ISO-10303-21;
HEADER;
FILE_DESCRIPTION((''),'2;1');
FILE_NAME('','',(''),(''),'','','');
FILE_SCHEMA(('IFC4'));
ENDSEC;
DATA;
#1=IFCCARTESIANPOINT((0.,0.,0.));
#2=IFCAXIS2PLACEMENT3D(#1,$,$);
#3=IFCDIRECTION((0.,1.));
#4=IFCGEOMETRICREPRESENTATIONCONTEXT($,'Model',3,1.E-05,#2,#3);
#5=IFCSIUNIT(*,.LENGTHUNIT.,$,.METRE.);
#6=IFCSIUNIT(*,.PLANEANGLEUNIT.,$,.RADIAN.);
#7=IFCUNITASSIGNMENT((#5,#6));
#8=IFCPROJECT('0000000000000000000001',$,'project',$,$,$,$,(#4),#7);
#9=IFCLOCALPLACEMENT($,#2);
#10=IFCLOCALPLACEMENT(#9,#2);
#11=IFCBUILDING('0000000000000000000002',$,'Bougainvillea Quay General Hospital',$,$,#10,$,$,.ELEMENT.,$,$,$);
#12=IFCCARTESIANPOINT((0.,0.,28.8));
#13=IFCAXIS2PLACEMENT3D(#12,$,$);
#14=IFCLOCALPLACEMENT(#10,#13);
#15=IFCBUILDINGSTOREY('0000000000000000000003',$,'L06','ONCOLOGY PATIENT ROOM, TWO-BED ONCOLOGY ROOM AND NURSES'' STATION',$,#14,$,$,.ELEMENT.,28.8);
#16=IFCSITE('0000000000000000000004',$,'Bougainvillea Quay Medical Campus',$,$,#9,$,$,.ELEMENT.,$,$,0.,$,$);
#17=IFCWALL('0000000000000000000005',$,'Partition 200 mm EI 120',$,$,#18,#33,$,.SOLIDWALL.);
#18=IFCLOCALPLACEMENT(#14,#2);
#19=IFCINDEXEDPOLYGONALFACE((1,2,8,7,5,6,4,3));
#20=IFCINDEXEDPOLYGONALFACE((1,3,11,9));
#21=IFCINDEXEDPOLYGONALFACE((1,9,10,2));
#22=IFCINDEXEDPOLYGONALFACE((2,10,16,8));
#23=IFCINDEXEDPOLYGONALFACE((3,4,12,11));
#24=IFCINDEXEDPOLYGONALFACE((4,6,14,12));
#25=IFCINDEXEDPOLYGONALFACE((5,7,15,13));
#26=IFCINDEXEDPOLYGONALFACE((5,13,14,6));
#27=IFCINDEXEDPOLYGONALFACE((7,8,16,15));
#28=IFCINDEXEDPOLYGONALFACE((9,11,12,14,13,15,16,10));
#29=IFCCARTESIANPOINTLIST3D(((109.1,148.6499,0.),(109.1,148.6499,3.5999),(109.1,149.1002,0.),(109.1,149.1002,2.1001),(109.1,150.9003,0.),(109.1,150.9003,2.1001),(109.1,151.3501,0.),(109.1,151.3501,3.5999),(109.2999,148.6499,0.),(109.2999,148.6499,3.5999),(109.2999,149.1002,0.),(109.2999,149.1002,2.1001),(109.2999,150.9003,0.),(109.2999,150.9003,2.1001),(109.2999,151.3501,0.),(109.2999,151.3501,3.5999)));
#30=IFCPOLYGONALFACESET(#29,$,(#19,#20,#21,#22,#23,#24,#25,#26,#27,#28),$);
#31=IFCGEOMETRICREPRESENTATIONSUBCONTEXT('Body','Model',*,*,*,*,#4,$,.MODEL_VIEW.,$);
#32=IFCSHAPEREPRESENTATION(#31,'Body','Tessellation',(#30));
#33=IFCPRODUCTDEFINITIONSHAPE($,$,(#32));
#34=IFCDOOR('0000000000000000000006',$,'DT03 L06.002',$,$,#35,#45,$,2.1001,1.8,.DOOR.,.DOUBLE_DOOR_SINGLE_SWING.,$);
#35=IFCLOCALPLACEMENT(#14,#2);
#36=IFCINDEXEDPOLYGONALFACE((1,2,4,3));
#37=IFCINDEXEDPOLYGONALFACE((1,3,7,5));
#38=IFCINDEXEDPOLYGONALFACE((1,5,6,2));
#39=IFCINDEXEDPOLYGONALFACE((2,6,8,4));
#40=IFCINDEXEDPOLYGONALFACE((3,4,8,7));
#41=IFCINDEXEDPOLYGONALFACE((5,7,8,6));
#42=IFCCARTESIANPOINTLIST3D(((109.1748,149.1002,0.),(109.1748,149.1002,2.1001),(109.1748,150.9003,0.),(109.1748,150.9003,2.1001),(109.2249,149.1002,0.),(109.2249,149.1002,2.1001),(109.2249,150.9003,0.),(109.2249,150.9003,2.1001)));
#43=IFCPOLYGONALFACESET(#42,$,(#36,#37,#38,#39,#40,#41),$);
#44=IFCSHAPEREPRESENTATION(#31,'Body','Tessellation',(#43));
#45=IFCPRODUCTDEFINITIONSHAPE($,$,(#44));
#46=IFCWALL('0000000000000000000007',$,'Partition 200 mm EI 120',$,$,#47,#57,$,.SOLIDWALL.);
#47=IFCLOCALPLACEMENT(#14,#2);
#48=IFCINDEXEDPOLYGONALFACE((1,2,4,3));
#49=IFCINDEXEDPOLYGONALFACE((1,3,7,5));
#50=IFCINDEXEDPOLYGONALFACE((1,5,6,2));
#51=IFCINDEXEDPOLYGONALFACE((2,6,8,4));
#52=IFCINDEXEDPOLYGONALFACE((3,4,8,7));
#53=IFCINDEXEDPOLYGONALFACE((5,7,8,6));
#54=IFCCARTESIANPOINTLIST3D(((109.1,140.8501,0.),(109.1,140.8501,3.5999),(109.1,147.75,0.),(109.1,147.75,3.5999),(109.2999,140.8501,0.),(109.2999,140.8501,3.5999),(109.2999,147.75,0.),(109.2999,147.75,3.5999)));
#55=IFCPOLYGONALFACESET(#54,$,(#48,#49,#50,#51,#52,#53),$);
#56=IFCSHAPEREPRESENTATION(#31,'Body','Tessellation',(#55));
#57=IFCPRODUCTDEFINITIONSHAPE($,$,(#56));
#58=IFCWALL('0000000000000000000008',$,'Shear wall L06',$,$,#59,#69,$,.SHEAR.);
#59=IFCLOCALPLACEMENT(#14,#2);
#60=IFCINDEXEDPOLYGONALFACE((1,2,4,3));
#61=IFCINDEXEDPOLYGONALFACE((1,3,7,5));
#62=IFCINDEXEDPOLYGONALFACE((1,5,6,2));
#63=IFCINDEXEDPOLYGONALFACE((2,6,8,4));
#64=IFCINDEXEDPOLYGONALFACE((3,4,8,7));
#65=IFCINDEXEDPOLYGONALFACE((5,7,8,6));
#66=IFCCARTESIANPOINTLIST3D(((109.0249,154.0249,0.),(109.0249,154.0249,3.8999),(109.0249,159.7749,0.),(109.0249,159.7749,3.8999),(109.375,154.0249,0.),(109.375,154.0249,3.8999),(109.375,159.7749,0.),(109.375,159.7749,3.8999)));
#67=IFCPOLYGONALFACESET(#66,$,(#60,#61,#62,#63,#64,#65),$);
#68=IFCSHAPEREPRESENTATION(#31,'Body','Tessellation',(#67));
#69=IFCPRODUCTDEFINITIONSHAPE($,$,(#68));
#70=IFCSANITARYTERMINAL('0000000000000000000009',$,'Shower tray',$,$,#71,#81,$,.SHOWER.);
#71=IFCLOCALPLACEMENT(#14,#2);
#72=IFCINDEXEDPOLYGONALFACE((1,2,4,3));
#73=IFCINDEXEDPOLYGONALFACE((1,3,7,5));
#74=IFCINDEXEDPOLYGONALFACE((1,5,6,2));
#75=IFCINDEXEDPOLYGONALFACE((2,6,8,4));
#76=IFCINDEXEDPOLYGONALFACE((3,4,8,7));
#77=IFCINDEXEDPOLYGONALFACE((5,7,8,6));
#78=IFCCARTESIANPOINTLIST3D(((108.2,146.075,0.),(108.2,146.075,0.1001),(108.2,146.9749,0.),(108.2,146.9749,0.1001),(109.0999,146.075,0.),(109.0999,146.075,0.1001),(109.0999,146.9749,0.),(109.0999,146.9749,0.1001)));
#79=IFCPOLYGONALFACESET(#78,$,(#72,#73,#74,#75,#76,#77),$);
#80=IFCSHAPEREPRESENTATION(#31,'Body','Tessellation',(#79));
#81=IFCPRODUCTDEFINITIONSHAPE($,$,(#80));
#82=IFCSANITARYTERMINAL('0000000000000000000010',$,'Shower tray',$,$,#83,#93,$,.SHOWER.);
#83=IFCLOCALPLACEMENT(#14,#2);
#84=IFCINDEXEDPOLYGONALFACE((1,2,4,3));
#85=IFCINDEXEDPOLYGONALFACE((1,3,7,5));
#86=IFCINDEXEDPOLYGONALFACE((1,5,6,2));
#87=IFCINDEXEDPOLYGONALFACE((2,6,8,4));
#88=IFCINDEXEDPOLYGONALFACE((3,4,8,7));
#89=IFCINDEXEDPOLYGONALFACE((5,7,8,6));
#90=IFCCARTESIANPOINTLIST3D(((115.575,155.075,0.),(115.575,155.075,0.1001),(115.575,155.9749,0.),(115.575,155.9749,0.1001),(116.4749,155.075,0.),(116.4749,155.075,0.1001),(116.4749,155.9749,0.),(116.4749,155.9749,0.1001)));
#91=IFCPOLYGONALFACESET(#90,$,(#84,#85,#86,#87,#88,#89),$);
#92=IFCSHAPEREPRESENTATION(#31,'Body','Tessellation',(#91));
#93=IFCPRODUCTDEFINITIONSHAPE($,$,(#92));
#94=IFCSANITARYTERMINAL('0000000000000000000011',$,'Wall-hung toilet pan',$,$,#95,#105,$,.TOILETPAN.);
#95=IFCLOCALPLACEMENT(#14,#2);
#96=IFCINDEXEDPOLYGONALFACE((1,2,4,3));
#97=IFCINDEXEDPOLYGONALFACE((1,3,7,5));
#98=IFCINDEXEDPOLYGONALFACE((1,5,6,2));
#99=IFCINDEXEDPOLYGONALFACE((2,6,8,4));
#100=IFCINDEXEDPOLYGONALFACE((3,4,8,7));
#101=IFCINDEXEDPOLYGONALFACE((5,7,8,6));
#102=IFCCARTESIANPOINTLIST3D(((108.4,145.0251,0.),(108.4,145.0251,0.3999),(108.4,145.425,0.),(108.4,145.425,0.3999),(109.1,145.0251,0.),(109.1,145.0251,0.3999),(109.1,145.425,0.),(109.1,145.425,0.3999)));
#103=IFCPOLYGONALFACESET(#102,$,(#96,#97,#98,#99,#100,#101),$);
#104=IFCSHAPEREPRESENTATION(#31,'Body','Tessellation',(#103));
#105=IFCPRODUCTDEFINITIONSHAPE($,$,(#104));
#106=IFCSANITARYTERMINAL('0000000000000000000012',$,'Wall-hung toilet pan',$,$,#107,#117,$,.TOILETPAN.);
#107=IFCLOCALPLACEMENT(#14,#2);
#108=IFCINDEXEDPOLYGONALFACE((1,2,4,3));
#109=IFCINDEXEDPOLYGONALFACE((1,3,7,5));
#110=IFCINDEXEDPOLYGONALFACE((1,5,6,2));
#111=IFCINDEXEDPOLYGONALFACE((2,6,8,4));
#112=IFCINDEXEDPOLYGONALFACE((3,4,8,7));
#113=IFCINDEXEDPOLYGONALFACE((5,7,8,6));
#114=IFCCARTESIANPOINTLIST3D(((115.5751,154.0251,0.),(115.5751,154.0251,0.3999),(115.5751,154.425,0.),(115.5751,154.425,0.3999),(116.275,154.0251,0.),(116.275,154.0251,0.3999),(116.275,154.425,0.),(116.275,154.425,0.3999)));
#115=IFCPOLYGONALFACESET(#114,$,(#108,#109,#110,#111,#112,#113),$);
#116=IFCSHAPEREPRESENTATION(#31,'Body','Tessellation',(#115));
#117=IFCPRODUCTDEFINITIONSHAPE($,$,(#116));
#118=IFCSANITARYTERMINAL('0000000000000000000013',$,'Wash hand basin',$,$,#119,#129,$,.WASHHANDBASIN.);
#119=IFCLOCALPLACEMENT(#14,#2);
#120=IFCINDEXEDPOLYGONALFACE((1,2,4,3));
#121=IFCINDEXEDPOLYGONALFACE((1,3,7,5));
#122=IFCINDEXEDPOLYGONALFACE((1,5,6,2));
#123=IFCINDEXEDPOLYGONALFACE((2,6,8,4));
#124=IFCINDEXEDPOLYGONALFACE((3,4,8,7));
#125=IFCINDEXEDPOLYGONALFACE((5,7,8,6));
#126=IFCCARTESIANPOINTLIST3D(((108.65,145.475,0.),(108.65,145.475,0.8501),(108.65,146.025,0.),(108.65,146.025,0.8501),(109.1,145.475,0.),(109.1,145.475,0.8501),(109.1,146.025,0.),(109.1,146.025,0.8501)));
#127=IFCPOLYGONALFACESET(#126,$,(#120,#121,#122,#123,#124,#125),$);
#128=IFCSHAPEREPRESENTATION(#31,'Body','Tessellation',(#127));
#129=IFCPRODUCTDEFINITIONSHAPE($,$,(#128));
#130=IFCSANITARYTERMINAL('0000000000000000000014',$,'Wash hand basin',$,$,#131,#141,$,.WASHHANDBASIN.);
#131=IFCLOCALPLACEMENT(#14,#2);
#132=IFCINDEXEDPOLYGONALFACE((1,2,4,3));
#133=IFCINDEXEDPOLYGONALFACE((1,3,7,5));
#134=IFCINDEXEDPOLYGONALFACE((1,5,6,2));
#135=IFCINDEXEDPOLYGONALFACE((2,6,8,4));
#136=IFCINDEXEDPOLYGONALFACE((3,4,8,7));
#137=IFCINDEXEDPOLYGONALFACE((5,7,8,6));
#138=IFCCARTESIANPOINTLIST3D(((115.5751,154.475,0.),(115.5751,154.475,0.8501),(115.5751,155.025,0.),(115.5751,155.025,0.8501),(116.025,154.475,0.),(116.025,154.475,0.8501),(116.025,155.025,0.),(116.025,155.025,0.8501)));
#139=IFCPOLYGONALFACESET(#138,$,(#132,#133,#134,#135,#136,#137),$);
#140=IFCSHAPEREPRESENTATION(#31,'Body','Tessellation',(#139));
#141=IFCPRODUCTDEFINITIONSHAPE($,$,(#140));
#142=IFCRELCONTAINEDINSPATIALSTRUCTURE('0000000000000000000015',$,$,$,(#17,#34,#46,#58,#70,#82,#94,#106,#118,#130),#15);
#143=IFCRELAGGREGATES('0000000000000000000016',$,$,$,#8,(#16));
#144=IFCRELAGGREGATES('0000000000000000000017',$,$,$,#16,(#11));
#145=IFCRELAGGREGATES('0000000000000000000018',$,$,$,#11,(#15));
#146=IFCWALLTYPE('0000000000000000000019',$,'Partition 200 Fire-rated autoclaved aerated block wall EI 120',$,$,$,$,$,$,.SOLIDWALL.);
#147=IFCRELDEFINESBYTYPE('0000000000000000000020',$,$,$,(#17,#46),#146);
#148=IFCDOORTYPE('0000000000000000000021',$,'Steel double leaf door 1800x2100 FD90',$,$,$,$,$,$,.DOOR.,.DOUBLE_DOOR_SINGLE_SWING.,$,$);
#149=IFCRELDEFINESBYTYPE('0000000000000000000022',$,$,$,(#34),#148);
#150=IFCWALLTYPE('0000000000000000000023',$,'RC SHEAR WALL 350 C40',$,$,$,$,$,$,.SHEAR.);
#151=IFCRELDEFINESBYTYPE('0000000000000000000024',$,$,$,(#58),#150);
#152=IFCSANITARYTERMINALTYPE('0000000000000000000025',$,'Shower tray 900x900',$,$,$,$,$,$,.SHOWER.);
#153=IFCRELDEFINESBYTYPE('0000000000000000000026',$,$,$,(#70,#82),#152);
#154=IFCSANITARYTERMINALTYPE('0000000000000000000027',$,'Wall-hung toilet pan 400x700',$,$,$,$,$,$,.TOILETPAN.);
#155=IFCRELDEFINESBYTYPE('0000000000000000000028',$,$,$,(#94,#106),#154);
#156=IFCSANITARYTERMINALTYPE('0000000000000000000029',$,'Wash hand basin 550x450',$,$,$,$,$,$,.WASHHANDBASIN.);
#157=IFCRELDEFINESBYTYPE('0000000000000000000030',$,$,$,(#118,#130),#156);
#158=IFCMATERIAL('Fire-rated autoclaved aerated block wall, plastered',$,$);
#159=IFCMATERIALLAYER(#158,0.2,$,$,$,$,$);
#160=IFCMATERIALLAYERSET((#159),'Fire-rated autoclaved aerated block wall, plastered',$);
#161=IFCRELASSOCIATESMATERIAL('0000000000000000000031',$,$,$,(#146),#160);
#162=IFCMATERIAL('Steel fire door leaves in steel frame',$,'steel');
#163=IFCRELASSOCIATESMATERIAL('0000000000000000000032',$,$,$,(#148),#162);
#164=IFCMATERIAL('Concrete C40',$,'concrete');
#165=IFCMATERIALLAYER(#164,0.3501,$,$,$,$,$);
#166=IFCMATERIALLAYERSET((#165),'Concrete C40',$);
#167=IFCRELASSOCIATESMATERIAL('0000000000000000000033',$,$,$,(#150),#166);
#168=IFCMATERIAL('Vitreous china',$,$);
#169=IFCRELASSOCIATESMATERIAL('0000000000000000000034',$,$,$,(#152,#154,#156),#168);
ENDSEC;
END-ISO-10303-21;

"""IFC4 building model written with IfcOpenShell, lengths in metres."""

from ifc_helpers import new_model, si_unit, direction, frame, frame_2d, origin, origin_2d, place, context, subcontext, project, spatial, rectangle, extrude, material, layer, layer_set, type_object, element, fill, save


model = new_model("IFC4")

# Units and contexts
model_context = context("Model", 3, precision=1e-05, world=origin(), true_north=direction((0.0, 1.0)))
body_context = subcontext(model_context, "Body", "Model", "MODEL_VIEW")
ifc_project = project(units=[si_unit("LENGTHUNIT", "METRE"), si_unit("PLANEANGLEUNIT", "RADIAN")], contexts=[model_context])

# Site, building, storey
site_placement = place(None, origin())
site = spatial("IfcSite", under=ifc_project, at=site_placement, Name="Bougainvillea Quay Medical Campus", CompositionType="ELEMENT", RefElevation=0.0)
building_placement = place(site_placement, origin())
building = spatial("IfcBuilding", under=site, at=building_placement, Name="Bougainvillea Quay General Hospital", CompositionType="ELEMENT")
storey_placement = place(building_placement, frame((0.0, 0.0, 28.8)))
storey = spatial("IfcBuildingStorey", under=building, at=storey_placement, Name="L06", Description="ONCOLOGY PATIENT ROOM, TWO-BED ONCOLOGY ROOM AND NURSES' STATION", CompositionType="ELEMENT", Elevation=28.8)

# Shared definitions
ifc_material_1 = material(Name="Concrete C40", Category="concrete")

# Shared definitions
ifc_material_2 = material(Name="Fire-rated autoclaved aerated block wall, plastered")
ifc_layer_1 = layer(ifc_material_2, 0.2)
ifc_layer_set_1 = layer_set([ifc_layer_1], Name="Fire-rated autoclaved aerated block wall, plastered")
wall_type_1 = type_object("IfcWallType", Name="Partition 200 Fire-rated autoclaved aerated block wall EI 120", PredefinedType="SOLIDWALL", material=ifc_layer_set_1)

# Wall, opening, door
wall_1_placement = place(storey_placement, frame((109.2, 151.3501, 0.0), z_axis=(0.0, 0.0, 1.0), x_axis=(0.0, -1.0, 0.0)))
wall_1 = element("IfcWall", 1, at=wall_1_placement, inside=storey, type_object=wall_type_1, Name="Partition 200 mm EI 120", PredefinedType="SOLIDWALL", context=body_context, shape_type="SweptSolid", body=[
    extrude(rectangle(XDim=2.7002, YDim=0.2, at=frame_2d((1.3501, 0.0))), origin(), (0.0, 0.0, 1.0), 3.5999),
])
opening_1_placement = place(wall_1_placement, frame((0.45, 0.0, 0.0)))
opening_1 = element("IfcOpeningElement", 2, at=opening_1_placement, cuts=wall_1, PredefinedType="OPENING", context=body_context, shape_type="SweptSolid", body=[
    extrude(rectangle(XDim=1.8, YDim=2.1001, at=frame_2d((0.8999, 1.05))), frame((0.0, 0.1099, 0.0), z_axis=(0.0, -1.0, 0.0), x_axis=(1.0, 0.0, 0.0)), (0.0, 0.0, 1.0), 0.22),
])
ifc_material_3 = material(Name="Steel fire door leaves in steel frame", Category="steel")
door_type_1 = type_object("IfcDoorType", Name="Steel double leaf door 1800x2100 FD90", OperationType="DOUBLE_DOOR_SINGLE_SWING", PredefinedType="DOOR", material=ifc_material_3)
door_1_placement = place(opening_1_placement, origin())
door_1 = element("IfcDoor", 3, at=door_1_placement, inside=storey, type_object=door_type_1, Name="DT03 L06.002", OperationType="DOUBLE_DOOR_SINGLE_SWING", OverallHeight=2.1001, OverallWidth=1.8, PredefinedType="DOOR", context=body_context, shape_type="SweptSolid", body=[
    extrude(rectangle(XDim=1.8, YDim=2.1001, at=frame_2d((0.8999, 1.05))), frame((0.0, 0.0249, 0.0), z_axis=(0.0, -1.0, 0.0), x_axis=(1.0, 0.0, 0.0)), (0.0, 0.0, 1.0), 0.05),
])
fill(opening_1, door_1)

# Walls
wall_2_placement = place(storey_placement, frame((109.2, 147.75, 0.0), z_axis=(0.0, 0.0, 1.0), x_axis=(0.0, -1.0, 0.0)))
element("IfcWall", 4, at=wall_2_placement, inside=storey, type_object=wall_type_1, Name="Partition 200 mm EI 120", PredefinedType="SOLIDWALL", context=body_context, shape_type="SweptSolid", body=[
    extrude(rectangle(XDim=6.8999, YDim=0.2, at=frame_2d((3.45, 0.0))), origin(), (0.0, 0.0, 1.0), 3.5999),
])
ifc_layer_2 = layer(ifc_material_1, 0.3501)
ifc_layer_set_2 = layer_set([ifc_layer_2], Name="Concrete C40")
wall_type_2 = type_object("IfcWallType", Name="RC SHEAR WALL 350 C40", PredefinedType="SHEAR", material=ifc_layer_set_2)
wall_3_placement = place(storey_placement, frame((109.2, 154.0249, 0.0), z_axis=(0.0, 0.0, 1.0), x_axis=(0.0, 1.0, 0.0)))
element("IfcWall", 5, at=wall_3_placement, inside=storey, type_object=wall_type_2, Name="Shear wall L06", PredefinedType="SHEAR", context=body_context, shape_type="SweptSolid", body=[
    extrude(rectangle(XDim=5.75, YDim=0.3501, at=frame_2d((2.875, 0.0))), origin(), (0.0, 0.0, 1.0), 3.8999),
])

# Sanitary terminals
ifc_material_4 = material(Name="Vitreous china")
sanitary_terminal_type_1 = type_object("IfcSanitaryTerminalType", Name="Shower tray 900x900", PredefinedType="SHOWER", material=ifc_material_4)
for number, where, z_axis, x_axis, name in (
    (6, (108.6499, 146.5249, 0.0), (0.0, 0.0, 1.0), (0.0, -1.0, 0.0), "Shower tray"),
    (7, (116.0249, 155.5249, 0.0), (0.0, 0.0, 1.0), (0.0, 1.0, 0.0), "Shower tray"),
):
    element("IfcSanitaryTerminal", number, at=place(storey_placement, frame(where, z_axis=z_axis, x_axis=x_axis)), inside=storey, type_object=sanitary_terminal_type_1, Name=name, PredefinedType="SHOWER", context=body_context, shape_type="SweptSolid", body=[
        extrude(rectangle(XDim=0.8999, YDim=0.8999, at=origin_2d()), origin(), (0.0, 0.0, 1.0), 0.1001),
    ])
sanitary_terminal_type_2 = type_object("IfcSanitaryTerminalType", Name="Wall-hung toilet pan 400x700", PredefinedType="TOILETPAN", material=ifc_material_4)
for number, where, z_axis, x_axis, name in (
    (8, (108.75, 145.2251, 0.0), (0.0, 0.0, 1.0), (0.0, -1.0, 0.0), "Wall-hung toilet pan"),
    (9, (115.925, 154.2251, 0.0), (0.0, 0.0, 1.0), (0.0, 1.0, 0.0), "Wall-hung toilet pan"),
):
    element("IfcSanitaryTerminal", number, at=place(storey_placement, frame(where, z_axis=z_axis, x_axis=x_axis)), inside=storey, type_object=sanitary_terminal_type_2, Name=name, PredefinedType="TOILETPAN", context=body_context, shape_type="SweptSolid", body=[
        extrude(rectangle(XDim=0.3999, YDim=0.7, at=origin_2d()), origin(), (0.0, 0.0, 1.0), 0.3999),
    ])
sanitary_terminal_type_3 = type_object("IfcSanitaryTerminalType", Name="Wash hand basin 550x450", PredefinedType="WASHHANDBASIN", material=ifc_material_4)
for number, where, z_axis, x_axis, name in (
    (10, (108.875, 145.75, 0.0), (0.0, 0.0, 1.0), (0.0, -1.0, 0.0), "Wash hand basin"),
    (11, (115.8, 154.75, 0.0), (0.0, 0.0, 1.0), (0.0, 1.0, 0.0), "Wash hand basin"),
):
    element("IfcSanitaryTerminal", number, at=place(storey_placement, frame(where, z_axis=z_axis, x_axis=x_axis)), inside=storey, type_object=sanitary_terminal_type_3, Name=name, PredefinedType="WASHHANDBASIN", context=body_context, shape_type="SweptSolid", body=[
        extrude(rectangle(XDim=0.55, YDim=0.45, at=origin_2d()), origin(), (0.0, 0.0, 1.0), 0.8501),
    ])

save(model, "model.ifc")
